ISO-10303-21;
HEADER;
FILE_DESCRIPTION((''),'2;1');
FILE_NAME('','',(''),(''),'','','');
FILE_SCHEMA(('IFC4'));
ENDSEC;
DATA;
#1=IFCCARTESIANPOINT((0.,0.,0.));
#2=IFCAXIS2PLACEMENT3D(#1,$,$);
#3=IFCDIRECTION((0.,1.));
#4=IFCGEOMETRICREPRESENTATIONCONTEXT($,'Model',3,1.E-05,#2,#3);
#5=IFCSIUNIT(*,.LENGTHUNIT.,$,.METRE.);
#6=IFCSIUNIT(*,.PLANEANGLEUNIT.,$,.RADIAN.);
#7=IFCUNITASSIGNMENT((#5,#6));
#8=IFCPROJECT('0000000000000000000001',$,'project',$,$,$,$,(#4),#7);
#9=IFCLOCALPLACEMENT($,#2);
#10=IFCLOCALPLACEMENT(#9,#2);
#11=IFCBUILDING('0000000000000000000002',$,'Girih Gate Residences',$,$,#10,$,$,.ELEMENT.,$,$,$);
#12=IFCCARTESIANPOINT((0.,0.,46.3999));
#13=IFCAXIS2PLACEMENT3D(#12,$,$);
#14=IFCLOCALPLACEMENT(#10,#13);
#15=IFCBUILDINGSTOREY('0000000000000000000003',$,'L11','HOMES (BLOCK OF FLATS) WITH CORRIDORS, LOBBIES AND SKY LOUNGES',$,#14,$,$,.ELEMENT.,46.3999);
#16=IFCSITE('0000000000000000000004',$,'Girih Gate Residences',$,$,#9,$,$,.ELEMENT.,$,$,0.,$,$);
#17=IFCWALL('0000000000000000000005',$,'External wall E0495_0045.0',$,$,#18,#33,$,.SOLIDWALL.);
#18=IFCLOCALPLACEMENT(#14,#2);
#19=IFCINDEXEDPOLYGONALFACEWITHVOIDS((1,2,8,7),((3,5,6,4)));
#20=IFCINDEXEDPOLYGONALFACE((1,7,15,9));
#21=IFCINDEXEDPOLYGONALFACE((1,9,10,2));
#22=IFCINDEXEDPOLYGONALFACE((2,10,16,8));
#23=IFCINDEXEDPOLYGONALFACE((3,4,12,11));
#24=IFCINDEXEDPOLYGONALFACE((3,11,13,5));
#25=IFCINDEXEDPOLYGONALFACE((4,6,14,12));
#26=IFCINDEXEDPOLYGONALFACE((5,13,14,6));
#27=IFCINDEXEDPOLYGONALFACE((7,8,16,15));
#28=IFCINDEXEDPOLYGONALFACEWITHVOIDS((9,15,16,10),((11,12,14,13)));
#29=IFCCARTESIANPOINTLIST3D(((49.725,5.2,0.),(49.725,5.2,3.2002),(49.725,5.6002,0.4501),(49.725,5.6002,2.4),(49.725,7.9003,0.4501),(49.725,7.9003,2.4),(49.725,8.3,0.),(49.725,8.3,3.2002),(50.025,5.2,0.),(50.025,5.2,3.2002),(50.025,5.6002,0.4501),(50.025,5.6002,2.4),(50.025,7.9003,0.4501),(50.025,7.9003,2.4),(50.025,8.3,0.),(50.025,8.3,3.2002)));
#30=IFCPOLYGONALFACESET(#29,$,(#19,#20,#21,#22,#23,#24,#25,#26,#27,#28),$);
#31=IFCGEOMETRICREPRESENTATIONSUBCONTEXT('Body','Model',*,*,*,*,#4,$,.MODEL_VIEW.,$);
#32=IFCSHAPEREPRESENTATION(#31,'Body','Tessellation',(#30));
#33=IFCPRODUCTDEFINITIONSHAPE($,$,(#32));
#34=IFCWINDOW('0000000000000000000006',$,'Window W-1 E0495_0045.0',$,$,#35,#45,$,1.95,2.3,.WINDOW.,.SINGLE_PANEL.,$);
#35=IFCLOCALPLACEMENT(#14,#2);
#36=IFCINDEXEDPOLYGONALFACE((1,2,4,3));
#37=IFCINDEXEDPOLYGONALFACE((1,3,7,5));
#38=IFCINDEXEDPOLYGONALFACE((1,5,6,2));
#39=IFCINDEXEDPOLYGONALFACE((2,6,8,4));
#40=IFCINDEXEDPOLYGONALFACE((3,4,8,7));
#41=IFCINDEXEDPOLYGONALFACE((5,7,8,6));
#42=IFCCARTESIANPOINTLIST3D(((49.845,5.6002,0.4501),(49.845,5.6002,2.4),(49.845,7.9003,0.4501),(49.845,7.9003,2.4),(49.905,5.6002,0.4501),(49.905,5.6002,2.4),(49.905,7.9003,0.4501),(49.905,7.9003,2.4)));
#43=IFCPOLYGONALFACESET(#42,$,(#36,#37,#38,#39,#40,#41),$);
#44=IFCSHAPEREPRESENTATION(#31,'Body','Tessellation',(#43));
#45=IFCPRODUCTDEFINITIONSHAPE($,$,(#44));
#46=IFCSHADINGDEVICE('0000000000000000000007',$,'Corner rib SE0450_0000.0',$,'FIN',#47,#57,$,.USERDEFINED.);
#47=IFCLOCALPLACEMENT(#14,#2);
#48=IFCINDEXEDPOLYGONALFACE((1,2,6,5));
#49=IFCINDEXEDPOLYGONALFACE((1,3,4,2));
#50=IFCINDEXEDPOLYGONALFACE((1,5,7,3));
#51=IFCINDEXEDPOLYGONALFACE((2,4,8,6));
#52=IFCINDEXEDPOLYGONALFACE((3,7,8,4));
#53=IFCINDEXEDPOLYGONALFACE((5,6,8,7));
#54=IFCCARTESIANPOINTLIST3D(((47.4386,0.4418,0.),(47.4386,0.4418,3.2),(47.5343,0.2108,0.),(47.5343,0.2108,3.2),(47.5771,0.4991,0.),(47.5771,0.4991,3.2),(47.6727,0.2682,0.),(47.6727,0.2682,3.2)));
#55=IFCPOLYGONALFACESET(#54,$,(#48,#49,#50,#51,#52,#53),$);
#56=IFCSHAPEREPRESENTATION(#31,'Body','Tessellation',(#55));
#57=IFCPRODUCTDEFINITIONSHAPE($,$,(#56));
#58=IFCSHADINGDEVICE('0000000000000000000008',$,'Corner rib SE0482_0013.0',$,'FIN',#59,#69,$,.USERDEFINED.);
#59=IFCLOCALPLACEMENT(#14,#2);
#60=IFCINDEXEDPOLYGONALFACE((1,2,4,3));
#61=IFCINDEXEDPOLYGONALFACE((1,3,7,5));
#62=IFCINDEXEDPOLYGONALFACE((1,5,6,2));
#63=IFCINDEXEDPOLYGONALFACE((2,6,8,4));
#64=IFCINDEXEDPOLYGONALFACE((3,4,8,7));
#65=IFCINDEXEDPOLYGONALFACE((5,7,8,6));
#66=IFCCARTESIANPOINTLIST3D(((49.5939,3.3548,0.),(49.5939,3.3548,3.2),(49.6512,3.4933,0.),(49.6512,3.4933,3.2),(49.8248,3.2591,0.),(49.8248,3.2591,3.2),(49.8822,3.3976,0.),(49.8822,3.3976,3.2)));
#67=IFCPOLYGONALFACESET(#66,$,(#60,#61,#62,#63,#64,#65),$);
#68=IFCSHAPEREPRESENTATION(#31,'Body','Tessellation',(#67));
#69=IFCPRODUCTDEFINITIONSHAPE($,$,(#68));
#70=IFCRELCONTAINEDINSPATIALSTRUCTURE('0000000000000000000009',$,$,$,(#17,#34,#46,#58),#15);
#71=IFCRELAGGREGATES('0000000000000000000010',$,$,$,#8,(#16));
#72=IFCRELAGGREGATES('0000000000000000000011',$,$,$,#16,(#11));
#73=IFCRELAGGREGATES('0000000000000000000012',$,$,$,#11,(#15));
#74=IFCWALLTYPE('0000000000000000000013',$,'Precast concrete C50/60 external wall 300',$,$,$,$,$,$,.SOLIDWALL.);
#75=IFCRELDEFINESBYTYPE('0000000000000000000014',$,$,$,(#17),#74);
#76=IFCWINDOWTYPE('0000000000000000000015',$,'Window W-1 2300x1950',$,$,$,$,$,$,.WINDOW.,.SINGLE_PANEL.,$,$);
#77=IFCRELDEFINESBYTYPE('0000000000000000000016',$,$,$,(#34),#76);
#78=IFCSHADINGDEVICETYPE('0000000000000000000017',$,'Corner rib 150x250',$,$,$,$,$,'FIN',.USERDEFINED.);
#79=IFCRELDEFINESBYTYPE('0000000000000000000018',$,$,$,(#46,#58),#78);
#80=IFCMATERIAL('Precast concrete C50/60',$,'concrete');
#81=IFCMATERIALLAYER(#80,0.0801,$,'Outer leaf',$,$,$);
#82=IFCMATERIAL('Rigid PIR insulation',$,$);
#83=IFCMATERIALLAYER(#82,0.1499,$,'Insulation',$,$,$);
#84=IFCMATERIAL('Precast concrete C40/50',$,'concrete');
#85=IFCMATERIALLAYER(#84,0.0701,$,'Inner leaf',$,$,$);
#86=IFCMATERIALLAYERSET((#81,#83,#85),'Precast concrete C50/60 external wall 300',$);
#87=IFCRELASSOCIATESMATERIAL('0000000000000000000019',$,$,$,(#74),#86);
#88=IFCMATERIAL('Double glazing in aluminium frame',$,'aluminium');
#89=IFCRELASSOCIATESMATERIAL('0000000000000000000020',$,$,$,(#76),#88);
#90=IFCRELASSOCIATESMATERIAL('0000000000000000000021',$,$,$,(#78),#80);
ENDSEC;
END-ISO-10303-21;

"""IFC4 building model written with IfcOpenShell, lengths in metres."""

from ifc_helpers import new_model, si_unit, direction, frame, frame_2d, origin, origin_2d, place, context, subcontext, project, spatial, rectangle, extrude, material, layer, layer_set, type_object, element, fill, save


model = new_model("IFC4")

# Units and contexts
model_context = context("Model", 3, precision=1e-05, world=origin(), true_north=direction((0.0, 1.0)))
body_context = subcontext(model_context, "Body", "Model", "MODEL_VIEW")
ifc_project = project(units=[si_unit("LENGTHUNIT", "METRE"), si_unit("PLANEANGLEUNIT", "RADIAN")], contexts=[model_context])

# Site, building, storey
site_placement = place(None, origin())
site = spatial("IfcSite", under=ifc_project, at=site_placement, Name="Girih Gate Residences", CompositionType="ELEMENT", RefElevation=0.0)
building_placement = place(site_placement, origin())
building = spatial("IfcBuilding", under=site, at=building_placement, Name="Girih Gate Residences", CompositionType="ELEMENT")
storey_placement = place(building_placement, frame((0.0, 0.0, 46.3999)))
storey = spatial("IfcBuildingStorey", under=building, at=storey_placement, Name="L11", Description="HOMES (BLOCK OF FLATS) WITH CORRIDORS, LOBBIES AND SKY LOUNGES", CompositionType="ELEMENT", Elevation=46.3999)

# Wall, opening, window
ifc_material_1 = material(Name="Precast concrete C50/60", Category="concrete")
ifc_layer_1 = layer(ifc_material_1, 0.0801, Name="Outer leaf")
ifc_material_2 = material(Name="Rigid PIR insulation")
ifc_layer_2 = layer(ifc_material_2, 0.1499, Name="Insulation")
ifc_material_3 = material(Name="Precast concrete C40/50", Category="concrete")
ifc_layer_3 = layer(ifc_material_3, 0.0701, Name="Inner leaf")
ifc_layer_set_1 = layer_set([ifc_layer_1, ifc_layer_2, ifc_layer_3], Name="Precast concrete C50/60 external wall 300")
wall_type_1 = type_object("IfcWallType", Name="Precast concrete C50/60 external wall 300", PredefinedType="SOLIDWALL", material=ifc_layer_set_1)
ifc_material_4 = material(Name="Double glazing in aluminium frame", Category="aluminium")
wall_1_placement = place(storey_placement, frame((49.875, 8.3, 0.0), z_axis=(0.0, 0.0, 1.0), x_axis=(0.0, -1.0, 0.0)))
wall_1 = element("IfcWall", 1, at=wall_1_placement, inside=storey, type_object=wall_type_1, Name="External wall E0495_0045.0", PredefinedType="SOLIDWALL", context=body_context, shape_type="SweptSolid", body=[
    extrude(rectangle(XDim=3.1001, YDim=0.3, at=frame_2d((1.55, 0.0))), origin(), (0.0, 0.0, 1.0), 3.2002),
])
opening_1_placement = place(wall_1_placement, frame((0.3999, 0.0, 0.45)))
opening_1 = element("IfcOpeningElement", 2, at=opening_1_placement, cuts=wall_1, PredefinedType="OPENING", context=body_context, shape_type="SweptSolid", body=[
    extrude(rectangle(XDim=2.3, YDim=1.95, at=frame_2d((1.1499, 0.9751))), frame((0.0, 0.1599, 0.0), z_axis=(0.0, -1.0, 0.0), x_axis=(1.0, 0.0, 0.0)), (0.0, 0.0, 1.0), 0.3201),
])
window_type_1 = type_object("IfcWindowType", Name="Window W-1 2300x1950", PartitioningType="SINGLE_PANEL", PredefinedType="WINDOW", material=ifc_material_4)
window_1_placement = place(opening_1_placement, origin())
window_1 = element("IfcWindow", 3, at=window_1_placement, inside=storey, type_object=window_type_1, Name="Window W-1 E0495_0045.0", OverallHeight=1.95, OverallWidth=2.3, PartitioningType="SINGLE_PANEL", PredefinedType="WINDOW", context=body_context, shape_type="SweptSolid", body=[
    extrude(rectangle(XDim=2.3, YDim=1.95, at=frame_2d((1.1499, 0.9751))), frame((0.0, 0.03, 0.0), z_axis=(0.0, -1.0, 0.0), x_axis=(1.0, 0.0, 0.0)), (0.0, 0.0, 1.0), 0.0601),
])
fill(opening_1, window_1)

# Shading devices
shading_device_type = type_object("IfcShadingDeviceType", Name="Corner rib 150x250", ElementType="FIN", PredefinedType="USERDEFINED", material=ifc_material_1)
for number, where, z_axis, x_axis, name in (
    (4, (47.5557, 0.355, 0.0), (0.0, 0.0, 1.0), (0.92388, 0.382683, 0.0), "Corner rib SE0450_0000.0"),
    (5, (49.738, 3.3762, 0.0), (0.0, 0.0, 1.0), (0.382683, 0.92388, 0.0), "Corner rib SE0482_0013.0"),
):
    element("IfcShadingDevice", number, at=place(storey_placement, frame(where, z_axis=z_axis, x_axis=x_axis)), inside=storey, type_object=shading_device_type, Name=name, ObjectType="FIN", PredefinedType="USERDEFINED", context=body_context, shape_type="SweptSolid", body=[
        extrude(rectangle(XDim=0.1499, YDim=0.25, at=origin_2d()), origin(), (0.0, 0.0, 1.0), 3.2),
    ])

save(model, "model.ifc")
